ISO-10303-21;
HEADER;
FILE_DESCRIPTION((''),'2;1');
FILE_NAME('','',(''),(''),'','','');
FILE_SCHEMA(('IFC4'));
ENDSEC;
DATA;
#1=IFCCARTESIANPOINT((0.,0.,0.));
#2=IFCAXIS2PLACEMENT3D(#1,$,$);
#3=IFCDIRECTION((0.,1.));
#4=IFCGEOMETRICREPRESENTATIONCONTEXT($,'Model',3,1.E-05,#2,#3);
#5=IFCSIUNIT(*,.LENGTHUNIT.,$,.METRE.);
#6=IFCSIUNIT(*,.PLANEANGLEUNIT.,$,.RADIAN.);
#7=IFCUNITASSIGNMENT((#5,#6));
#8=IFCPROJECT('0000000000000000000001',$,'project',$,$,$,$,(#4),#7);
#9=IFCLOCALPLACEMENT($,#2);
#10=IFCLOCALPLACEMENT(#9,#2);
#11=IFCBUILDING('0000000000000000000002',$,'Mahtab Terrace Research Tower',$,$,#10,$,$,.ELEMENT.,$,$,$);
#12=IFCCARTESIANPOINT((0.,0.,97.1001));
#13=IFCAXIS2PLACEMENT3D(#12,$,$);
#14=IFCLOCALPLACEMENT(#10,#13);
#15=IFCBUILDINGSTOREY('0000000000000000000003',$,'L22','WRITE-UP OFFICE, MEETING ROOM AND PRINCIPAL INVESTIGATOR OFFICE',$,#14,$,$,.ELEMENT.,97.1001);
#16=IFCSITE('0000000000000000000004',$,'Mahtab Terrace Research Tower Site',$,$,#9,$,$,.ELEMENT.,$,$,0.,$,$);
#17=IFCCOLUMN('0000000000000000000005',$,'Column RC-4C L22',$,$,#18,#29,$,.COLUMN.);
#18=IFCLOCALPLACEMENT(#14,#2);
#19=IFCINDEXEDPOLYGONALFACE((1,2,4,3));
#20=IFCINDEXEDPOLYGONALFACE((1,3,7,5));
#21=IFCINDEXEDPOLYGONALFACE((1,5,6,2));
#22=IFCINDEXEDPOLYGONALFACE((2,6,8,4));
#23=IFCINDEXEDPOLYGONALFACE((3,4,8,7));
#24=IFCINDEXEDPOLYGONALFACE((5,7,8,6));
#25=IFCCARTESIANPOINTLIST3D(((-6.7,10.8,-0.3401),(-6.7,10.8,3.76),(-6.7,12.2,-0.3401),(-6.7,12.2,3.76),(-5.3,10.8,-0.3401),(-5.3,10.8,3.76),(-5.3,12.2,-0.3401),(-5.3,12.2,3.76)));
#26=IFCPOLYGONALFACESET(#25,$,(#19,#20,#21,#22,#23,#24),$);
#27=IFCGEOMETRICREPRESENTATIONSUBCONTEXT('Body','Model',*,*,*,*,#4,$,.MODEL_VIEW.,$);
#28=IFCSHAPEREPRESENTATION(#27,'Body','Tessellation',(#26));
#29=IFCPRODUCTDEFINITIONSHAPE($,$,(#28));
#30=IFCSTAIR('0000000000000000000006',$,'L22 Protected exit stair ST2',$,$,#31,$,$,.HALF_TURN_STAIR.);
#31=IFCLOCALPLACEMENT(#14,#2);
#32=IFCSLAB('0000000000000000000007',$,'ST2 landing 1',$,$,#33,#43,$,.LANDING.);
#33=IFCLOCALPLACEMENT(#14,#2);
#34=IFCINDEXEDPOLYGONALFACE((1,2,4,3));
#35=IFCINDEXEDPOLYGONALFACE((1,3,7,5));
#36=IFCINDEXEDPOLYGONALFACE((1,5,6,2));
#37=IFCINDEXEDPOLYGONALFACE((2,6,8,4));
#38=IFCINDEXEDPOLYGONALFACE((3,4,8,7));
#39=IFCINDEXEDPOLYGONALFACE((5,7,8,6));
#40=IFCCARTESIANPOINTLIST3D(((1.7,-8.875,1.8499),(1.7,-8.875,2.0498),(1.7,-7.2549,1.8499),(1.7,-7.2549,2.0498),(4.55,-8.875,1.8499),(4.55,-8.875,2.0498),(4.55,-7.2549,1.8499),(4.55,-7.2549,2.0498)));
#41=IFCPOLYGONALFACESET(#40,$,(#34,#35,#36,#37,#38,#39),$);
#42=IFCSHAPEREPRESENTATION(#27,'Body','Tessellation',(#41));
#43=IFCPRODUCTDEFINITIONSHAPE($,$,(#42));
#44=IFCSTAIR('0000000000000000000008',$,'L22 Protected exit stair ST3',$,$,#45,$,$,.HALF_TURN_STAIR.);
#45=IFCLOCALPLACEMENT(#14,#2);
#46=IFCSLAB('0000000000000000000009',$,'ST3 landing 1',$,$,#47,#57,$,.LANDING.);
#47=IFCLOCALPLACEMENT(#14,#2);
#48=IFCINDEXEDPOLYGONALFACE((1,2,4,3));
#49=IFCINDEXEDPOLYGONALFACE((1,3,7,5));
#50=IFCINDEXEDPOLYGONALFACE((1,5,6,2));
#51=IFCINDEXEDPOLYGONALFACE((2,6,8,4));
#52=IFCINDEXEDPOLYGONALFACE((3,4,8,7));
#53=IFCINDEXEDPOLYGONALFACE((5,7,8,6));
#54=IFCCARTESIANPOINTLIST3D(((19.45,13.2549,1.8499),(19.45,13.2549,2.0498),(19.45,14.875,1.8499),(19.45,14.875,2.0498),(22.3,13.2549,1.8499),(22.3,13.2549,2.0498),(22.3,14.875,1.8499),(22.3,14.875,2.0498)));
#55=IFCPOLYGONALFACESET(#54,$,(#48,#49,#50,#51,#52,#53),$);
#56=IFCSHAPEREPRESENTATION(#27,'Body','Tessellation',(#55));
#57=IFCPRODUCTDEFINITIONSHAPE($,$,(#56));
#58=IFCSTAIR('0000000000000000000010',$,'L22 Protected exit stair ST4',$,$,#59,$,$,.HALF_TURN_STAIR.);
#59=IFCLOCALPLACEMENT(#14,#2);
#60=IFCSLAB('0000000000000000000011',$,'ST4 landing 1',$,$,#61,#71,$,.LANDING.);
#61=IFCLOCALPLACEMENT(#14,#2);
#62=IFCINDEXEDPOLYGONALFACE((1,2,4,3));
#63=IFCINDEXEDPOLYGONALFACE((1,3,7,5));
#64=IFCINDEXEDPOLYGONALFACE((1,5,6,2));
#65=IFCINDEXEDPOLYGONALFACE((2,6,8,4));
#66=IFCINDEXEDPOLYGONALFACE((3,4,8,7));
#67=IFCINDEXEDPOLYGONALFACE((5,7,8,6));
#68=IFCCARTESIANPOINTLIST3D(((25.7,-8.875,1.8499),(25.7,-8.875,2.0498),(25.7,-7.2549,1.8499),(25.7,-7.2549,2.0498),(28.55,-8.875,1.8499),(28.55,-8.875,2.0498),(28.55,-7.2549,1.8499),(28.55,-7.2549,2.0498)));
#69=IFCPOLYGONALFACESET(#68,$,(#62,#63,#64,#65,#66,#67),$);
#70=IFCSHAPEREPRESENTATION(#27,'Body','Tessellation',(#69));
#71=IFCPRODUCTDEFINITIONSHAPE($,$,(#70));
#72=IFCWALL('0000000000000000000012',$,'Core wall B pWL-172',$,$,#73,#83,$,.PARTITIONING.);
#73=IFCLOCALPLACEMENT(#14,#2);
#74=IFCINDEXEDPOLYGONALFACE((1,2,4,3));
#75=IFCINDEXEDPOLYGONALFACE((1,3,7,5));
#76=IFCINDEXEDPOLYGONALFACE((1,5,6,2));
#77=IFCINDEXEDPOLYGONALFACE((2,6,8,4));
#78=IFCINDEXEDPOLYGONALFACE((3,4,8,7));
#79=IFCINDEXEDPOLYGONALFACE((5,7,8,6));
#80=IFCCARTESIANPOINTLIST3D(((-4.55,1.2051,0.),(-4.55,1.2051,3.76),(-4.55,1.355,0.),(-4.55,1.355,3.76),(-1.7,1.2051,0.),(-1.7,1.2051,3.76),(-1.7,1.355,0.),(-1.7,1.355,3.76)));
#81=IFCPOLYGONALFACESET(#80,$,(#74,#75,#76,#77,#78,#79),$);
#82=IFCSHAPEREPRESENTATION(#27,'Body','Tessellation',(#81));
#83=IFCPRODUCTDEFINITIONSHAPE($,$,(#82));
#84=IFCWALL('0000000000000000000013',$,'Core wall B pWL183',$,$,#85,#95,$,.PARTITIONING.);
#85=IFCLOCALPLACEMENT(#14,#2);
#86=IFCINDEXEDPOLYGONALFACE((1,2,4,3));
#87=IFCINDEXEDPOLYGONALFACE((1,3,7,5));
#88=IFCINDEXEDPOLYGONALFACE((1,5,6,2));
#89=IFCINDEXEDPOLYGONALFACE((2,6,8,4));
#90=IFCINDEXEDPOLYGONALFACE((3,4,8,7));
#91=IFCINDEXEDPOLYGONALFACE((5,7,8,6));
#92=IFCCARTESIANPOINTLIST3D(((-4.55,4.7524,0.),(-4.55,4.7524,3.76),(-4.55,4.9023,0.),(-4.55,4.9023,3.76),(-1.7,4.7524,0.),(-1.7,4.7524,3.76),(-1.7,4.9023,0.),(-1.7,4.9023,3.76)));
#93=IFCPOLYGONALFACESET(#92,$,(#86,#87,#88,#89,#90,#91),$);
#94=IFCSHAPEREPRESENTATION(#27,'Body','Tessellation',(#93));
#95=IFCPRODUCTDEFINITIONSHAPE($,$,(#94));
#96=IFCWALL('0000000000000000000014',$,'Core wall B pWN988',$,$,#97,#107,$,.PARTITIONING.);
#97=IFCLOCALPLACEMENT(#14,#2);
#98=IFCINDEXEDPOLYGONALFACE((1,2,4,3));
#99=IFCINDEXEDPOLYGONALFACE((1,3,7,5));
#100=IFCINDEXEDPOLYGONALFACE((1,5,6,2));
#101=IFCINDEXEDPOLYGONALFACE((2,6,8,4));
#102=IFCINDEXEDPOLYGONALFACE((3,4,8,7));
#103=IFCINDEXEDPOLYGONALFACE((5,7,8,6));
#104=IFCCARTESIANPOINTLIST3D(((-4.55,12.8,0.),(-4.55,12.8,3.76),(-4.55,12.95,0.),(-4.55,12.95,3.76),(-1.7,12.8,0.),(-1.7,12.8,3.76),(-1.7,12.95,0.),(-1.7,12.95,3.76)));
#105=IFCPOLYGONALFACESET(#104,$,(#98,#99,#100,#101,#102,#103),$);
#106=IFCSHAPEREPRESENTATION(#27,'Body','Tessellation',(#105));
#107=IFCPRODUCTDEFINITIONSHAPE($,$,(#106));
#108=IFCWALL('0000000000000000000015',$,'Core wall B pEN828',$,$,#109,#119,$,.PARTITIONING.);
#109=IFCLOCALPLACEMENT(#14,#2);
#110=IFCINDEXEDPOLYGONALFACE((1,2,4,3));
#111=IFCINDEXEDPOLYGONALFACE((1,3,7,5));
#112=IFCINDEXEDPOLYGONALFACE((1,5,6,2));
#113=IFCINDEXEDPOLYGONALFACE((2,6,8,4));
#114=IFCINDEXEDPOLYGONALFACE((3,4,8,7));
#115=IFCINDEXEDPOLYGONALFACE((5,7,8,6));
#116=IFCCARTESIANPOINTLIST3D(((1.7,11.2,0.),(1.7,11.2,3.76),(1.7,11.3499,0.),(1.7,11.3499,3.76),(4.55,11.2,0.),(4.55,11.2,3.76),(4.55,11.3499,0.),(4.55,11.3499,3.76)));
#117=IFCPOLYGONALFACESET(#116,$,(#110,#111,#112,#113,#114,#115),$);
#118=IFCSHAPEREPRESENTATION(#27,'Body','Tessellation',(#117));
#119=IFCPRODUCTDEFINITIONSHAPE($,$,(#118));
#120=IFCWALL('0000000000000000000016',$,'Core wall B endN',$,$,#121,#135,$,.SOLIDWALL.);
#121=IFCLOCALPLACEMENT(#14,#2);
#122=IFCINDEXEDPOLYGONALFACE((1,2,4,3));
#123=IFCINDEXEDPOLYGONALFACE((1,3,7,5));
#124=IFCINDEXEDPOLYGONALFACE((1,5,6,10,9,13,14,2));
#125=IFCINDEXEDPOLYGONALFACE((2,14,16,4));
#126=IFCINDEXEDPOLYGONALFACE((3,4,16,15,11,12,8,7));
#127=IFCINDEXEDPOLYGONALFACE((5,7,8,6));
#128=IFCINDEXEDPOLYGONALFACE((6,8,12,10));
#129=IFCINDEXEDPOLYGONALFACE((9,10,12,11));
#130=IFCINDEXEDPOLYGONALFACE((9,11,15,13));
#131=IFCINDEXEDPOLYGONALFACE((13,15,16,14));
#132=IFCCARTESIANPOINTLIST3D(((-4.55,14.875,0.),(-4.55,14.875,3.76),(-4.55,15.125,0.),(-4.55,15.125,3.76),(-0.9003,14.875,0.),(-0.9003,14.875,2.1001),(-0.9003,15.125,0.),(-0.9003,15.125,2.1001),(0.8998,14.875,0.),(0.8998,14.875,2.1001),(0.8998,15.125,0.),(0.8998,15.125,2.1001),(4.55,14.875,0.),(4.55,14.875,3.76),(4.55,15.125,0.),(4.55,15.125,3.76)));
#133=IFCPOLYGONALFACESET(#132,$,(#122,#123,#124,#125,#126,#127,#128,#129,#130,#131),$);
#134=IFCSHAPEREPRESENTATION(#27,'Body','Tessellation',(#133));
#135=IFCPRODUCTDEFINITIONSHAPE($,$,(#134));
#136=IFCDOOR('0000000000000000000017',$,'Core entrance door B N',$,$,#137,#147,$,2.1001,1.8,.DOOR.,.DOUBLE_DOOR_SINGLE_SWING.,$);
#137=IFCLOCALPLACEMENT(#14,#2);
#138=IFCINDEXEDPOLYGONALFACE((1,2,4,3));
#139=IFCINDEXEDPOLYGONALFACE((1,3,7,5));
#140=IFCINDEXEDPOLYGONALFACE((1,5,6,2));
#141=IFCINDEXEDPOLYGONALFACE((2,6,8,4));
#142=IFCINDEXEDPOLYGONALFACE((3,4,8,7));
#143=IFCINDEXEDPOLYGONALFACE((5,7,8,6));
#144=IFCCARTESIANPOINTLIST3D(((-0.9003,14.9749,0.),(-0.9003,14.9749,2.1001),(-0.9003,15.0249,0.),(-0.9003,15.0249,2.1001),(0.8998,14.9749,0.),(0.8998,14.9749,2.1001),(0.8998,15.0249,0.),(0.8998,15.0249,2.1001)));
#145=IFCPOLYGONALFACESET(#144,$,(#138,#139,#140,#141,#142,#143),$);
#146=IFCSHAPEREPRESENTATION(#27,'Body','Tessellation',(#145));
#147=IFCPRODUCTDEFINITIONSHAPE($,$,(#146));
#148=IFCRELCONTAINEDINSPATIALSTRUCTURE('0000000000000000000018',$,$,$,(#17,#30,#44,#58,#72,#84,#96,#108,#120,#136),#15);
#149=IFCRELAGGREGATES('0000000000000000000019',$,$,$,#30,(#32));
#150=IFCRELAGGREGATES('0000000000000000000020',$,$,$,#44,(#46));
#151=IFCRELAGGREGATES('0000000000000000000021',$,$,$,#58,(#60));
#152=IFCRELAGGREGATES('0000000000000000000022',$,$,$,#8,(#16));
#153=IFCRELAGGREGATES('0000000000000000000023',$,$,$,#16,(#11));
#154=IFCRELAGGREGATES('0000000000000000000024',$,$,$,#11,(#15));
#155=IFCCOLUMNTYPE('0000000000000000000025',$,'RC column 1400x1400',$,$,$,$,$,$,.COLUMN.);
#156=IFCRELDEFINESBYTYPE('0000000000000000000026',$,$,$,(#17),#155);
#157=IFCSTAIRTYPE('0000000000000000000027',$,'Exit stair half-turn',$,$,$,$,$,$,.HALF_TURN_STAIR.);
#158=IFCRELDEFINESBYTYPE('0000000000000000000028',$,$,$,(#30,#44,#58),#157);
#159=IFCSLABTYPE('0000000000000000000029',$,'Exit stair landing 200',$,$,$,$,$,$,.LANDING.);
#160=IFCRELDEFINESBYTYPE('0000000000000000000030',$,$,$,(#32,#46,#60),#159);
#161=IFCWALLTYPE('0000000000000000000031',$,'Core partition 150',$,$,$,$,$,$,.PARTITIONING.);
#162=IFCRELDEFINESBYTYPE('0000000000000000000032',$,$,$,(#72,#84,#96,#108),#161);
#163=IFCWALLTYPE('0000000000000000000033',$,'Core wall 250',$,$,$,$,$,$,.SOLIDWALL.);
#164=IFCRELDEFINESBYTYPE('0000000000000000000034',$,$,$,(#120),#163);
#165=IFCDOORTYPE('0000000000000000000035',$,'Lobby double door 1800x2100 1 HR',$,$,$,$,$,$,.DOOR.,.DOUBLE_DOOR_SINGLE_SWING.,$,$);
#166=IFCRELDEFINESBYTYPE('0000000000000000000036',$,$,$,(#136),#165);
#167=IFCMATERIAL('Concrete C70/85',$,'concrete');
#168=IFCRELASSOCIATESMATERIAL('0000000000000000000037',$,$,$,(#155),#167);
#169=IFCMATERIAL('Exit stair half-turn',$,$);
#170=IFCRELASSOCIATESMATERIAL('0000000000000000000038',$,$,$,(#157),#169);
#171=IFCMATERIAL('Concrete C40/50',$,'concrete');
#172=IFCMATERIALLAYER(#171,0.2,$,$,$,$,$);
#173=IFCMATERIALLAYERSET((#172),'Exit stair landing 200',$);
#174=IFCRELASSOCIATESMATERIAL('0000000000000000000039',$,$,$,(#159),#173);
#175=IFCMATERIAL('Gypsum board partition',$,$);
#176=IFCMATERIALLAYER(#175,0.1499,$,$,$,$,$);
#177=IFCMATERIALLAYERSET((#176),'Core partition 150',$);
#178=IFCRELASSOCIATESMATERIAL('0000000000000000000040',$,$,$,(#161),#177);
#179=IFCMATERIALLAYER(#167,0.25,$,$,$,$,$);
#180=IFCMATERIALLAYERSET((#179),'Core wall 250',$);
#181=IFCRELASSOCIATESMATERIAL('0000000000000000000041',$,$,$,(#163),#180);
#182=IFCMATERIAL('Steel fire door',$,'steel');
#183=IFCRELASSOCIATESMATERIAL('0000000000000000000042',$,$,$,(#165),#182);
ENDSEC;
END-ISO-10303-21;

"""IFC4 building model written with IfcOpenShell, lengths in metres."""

from ifc_helpers import new_model, si_unit, direction, frame, frame_2d, origin, origin_2d, place, context, subcontext, project, spatial, polyline, rectangle, outline, extrude, material, layer, layer_set, material_profile, profile_set, type_object, element, fill, aggregate, save


model = new_model("IFC4")

# Units and contexts
model_context = context("Model", 3, precision=1e-05, world=origin(), true_north=direction((0.0, 1.0)))
body_context = subcontext(model_context, "Body", "Model", "MODEL_VIEW")
ifc_project = project(units=[si_unit("LENGTHUNIT", "METRE"), si_unit("PLANEANGLEUNIT", "RADIAN")], contexts=[model_context])

# Site, building, storey
site_placement = place(None, origin())
site = spatial("IfcSite", under=ifc_project, at=site_placement, Name="Mahtab Terrace Research Tower Site", CompositionType="ELEMENT", RefElevation=0.0)
building_placement = place(site_placement, origin())
building = spatial("IfcBuilding", under=site, at=building_placement, Name="Mahtab Terrace Research Tower", CompositionType="ELEMENT")
storey_placement = place(building_placement, frame((0.0, 0.0, 97.1001)))
storey = spatial("IfcBuildingStorey", under=building, at=storey_placement, Name="L22", Description="WRITE-UP OFFICE, MEETING ROOM AND PRINCIPAL INVESTIGATOR OFFICE", CompositionType="ELEMENT", Elevation=97.1001)

# Column
ifc_material_1 = material(Name="Concrete C70/85", Category="concrete")
ifc_material_profile = material_profile(ifc_material_1, rectangle(XDim=1.3999, YDim=1.3999, at=origin_2d()), Name="RC column 1400x1400")
ifc_profile_set = profile_set([ifc_material_profile], Name="Concrete C70/85")
column_type = type_object("IfcColumnType", Name="RC column 1400x1400", PredefinedType="COLUMN", material=ifc_profile_set)
column_placement = place(storey_placement, frame((-6.0, 11.5, -0.3401), z_axis=(0.0, 0.0, 1.0), x_axis=(1.0, 0.0, 0.0)))
element("IfcColumn", 1, at=column_placement, inside=storey, type_object=column_type, Name="Column RC-4C L22", PredefinedType="COLUMN", context=body_context, shape_type="SweptSolid", body=[
    extrude(rectangle(XDim=1.3999, YDim=1.3999, at=origin_2d()), origin(), (0.0, 0.0, 1.0), 4.1001),
])

# Stairs, slabs
ifc_material_2 = material(Name="Exit stair half-turn")
stair_type = type_object("IfcStairType", Name="Exit stair half-turn", PredefinedType="HALF_TURN_STAIR", material=ifc_material_2)
stair_1_placement = place(storey_placement, origin())
stair_1 = element("IfcStair", 2, at=stair_1_placement, inside=storey, type_object=stair_type, Name="L22 Protected exit stair ST2", PredefinedType="HALF_TURN_STAIR")
ifc_material_3 = material(Name="Concrete C40/50", Category="concrete")
ifc_layer_1 = layer(ifc_material_3, 0.2)
ifc_layer_set_1 = layer_set([ifc_layer_1], Name="Exit stair landing 200")
slab_type = type_object("IfcSlabType", Name="Exit stair landing 200", PredefinedType="LANDING", material=ifc_layer_set_1)
slab_1_placement = place(storey_placement, frame((0.0, 0.0, 1.8499)))
slab_1 = element("IfcSlab", 3, at=slab_1_placement, type_object=slab_type, Name="ST2 landing 1", PredefinedType="LANDING", context=body_context, shape_type="SweptSolid", body=[
    extrude(outline(polyline([(1.7, -7.2549), (1.7, -8.875), (4.55, -8.875), (4.55, -7.2549), (1.7, -7.2549)])), origin(), (0.0, 0.0, 1.0), 0.2),
])
aggregate(stair_1, [slab_1])
stair_2_placement = place(storey_placement, origin())
stair_2 = element("IfcStair", 4, at=stair_2_placement, inside=storey, type_object=stair_type, Name="L22 Protected exit stair ST3", PredefinedType="HALF_TURN_STAIR")
slab_2_placement = place(storey_placement, frame((0.0, 0.0, 1.8499)))
slab_2 = element("IfcSlab", 5, at=slab_2_placement, type_object=slab_type, Name="ST3 landing 1", PredefinedType="LANDING", context=body_context, shape_type="SweptSolid", body=[
    extrude(outline(polyline([(22.3, 13.2549), (22.3, 14.875), (19.45, 14.875), (19.45, 13.2549), (22.3, 13.2549)])), origin(), (0.0, 0.0, 1.0), 0.2),
])
aggregate(stair_2, [slab_2])
stair_3_placement = place(storey_placement, origin())
stair_3 = element("IfcStair", 6, at=stair_3_placement, inside=storey, type_object=stair_type, Name="L22 Protected exit stair ST4", PredefinedType="HALF_TURN_STAIR")
slab_3_placement = place(storey_placement, frame((0.0, 0.0, 1.8499)))
slab_3 = element("IfcSlab", 7, at=slab_3_placement, type_object=slab_type, Name="ST4 landing 1", PredefinedType="LANDING", context=body_context, shape_type="SweptSolid", body=[
    extrude(outline(polyline([(25.7, -7.2549), (25.7, -8.875), (28.55, -8.875), (28.55, -7.2549), (25.7, -7.2549)])), origin(), (0.0, 0.0, 1.0), 0.2),
])
aggregate(stair_3, [slab_3])

# Walls
ifc_material_4 = material(Name="Gypsum board partition")
ifc_layer_2 = layer(ifc_material_4, 0.1499)
ifc_layer_set_2 = layer_set([ifc_layer_2], Name="Core partition 150")
wall_type_1 = type_object("IfcWallType", Name="Core partition 150", PredefinedType="PARTITIONING", material=ifc_layer_set_2)
for number, where, z_axis, x_axis, name in (
    (8, (-4.55, 1.28, 0.0), (0.0, 0.0, 1.0), (1.0, 0.0, 0.0), "Core wall B pWL-172"),
    (9, (-4.55, 4.8274, 0.0), (0.0, 0.0, 1.0), (1.0, 0.0, 0.0), "Core wall B pWL183"),
    (10, (-4.55, 12.875, 0.0), (0.0, 0.0, 1.0), (1.0, 0.0, 0.0), "Core wall B pWN988"),
    (11, (1.7, 11.2749, 0.0), (0.0, 0.0, 1.0), (1.0, 0.0, 0.0), "Core wall B pEN828"),
):
    element("IfcWall", number, at=place(storey_placement, frame(where, z_axis=z_axis, x_axis=x_axis)), inside=storey, type_object=wall_type_1, Name=name, PredefinedType="PARTITIONING", context=body_context, shape_type="SweptSolid", body=[
        extrude(rectangle(XDim=2.8501, YDim=0.1499, at=frame_2d((1.425, 0.0))), origin(), (0.0, 0.0, 1.0), 3.76),
    ])

# Wall, opening, door
ifc_layer_3 = layer(ifc_material_1, 0.25)
ifc_layer_set_3 = layer_set([ifc_layer_3], Name="Core wall 250")
wall_type_2 = type_object("IfcWallType", Name="Core wall 250", PredefinedType="SOLIDWALL", material=ifc_layer_set_3)
wall_1_placement = place(storey_placement, frame((-4.55, 15.0, 0.0), z_axis=(0.0, 0.0, 1.0), x_axis=(1.0, 0.0, 0.0)))
wall_1 = element("IfcWall", 12, at=wall_1_placement, inside=storey, type_object=wall_type_2, Name="Core wall B endN", PredefinedType="SOLIDWALL", context=body_context, shape_type="SweptSolid", body=[
    extrude(rectangle(XDim=9.1001, YDim=0.25, at=frame_2d((4.55, 0.0))), origin(), (0.0, 0.0, 1.0), 3.76),
])
opening_1_placement = place(wall_1_placement, frame((3.6499, 0.0, 0.0)))
opening_1 = element("IfcOpeningElement", 13, at=opening_1_placement, cuts=wall_1, PredefinedType="OPENING", context=body_context, shape_type="SweptSolid", body=[
    extrude(rectangle(XDim=1.8, YDim=2.1001, at=frame_2d((0.8999, 1.05))), frame((0.0, 0.135, 0.0), z_axis=(0.0, -1.0, 0.0), x_axis=(1.0, 0.0, 0.0)), (0.0, 0.0, 1.0), 0.27),
])
ifc_material_5 = material(Name="Steel fire door", Category="steel")
door_type_1 = type_object("IfcDoorType", Name="Lobby double door 1800x2100 1 HR", OperationType="DOUBLE_DOOR_SINGLE_SWING", PredefinedType="DOOR", material=ifc_material_5)
door_1_placement = place(opening_1_placement, origin())
door_1 = element("IfcDoor", 14, at=door_1_placement, inside=storey, type_object=door_type_1, Name="Core entrance door B N", OperationType="DOUBLE_DOOR_SINGLE_SWING", OverallHeight=2.1001, OverallWidth=1.8, PredefinedType="DOOR", context=body_context, shape_type="SweptSolid", body=[
    extrude(rectangle(XDim=1.8, YDim=2.1001, at=frame_2d((0.8999, 1.05))), frame((0.0, 0.0249, 0.0), z_axis=(0.0, -1.0, 0.0), x_axis=(1.0, 0.0, 0.0)), (0.0, 0.0, 1.0), 0.05),
])
fill(opening_1, door_1)

save(model, "model.ifc")
